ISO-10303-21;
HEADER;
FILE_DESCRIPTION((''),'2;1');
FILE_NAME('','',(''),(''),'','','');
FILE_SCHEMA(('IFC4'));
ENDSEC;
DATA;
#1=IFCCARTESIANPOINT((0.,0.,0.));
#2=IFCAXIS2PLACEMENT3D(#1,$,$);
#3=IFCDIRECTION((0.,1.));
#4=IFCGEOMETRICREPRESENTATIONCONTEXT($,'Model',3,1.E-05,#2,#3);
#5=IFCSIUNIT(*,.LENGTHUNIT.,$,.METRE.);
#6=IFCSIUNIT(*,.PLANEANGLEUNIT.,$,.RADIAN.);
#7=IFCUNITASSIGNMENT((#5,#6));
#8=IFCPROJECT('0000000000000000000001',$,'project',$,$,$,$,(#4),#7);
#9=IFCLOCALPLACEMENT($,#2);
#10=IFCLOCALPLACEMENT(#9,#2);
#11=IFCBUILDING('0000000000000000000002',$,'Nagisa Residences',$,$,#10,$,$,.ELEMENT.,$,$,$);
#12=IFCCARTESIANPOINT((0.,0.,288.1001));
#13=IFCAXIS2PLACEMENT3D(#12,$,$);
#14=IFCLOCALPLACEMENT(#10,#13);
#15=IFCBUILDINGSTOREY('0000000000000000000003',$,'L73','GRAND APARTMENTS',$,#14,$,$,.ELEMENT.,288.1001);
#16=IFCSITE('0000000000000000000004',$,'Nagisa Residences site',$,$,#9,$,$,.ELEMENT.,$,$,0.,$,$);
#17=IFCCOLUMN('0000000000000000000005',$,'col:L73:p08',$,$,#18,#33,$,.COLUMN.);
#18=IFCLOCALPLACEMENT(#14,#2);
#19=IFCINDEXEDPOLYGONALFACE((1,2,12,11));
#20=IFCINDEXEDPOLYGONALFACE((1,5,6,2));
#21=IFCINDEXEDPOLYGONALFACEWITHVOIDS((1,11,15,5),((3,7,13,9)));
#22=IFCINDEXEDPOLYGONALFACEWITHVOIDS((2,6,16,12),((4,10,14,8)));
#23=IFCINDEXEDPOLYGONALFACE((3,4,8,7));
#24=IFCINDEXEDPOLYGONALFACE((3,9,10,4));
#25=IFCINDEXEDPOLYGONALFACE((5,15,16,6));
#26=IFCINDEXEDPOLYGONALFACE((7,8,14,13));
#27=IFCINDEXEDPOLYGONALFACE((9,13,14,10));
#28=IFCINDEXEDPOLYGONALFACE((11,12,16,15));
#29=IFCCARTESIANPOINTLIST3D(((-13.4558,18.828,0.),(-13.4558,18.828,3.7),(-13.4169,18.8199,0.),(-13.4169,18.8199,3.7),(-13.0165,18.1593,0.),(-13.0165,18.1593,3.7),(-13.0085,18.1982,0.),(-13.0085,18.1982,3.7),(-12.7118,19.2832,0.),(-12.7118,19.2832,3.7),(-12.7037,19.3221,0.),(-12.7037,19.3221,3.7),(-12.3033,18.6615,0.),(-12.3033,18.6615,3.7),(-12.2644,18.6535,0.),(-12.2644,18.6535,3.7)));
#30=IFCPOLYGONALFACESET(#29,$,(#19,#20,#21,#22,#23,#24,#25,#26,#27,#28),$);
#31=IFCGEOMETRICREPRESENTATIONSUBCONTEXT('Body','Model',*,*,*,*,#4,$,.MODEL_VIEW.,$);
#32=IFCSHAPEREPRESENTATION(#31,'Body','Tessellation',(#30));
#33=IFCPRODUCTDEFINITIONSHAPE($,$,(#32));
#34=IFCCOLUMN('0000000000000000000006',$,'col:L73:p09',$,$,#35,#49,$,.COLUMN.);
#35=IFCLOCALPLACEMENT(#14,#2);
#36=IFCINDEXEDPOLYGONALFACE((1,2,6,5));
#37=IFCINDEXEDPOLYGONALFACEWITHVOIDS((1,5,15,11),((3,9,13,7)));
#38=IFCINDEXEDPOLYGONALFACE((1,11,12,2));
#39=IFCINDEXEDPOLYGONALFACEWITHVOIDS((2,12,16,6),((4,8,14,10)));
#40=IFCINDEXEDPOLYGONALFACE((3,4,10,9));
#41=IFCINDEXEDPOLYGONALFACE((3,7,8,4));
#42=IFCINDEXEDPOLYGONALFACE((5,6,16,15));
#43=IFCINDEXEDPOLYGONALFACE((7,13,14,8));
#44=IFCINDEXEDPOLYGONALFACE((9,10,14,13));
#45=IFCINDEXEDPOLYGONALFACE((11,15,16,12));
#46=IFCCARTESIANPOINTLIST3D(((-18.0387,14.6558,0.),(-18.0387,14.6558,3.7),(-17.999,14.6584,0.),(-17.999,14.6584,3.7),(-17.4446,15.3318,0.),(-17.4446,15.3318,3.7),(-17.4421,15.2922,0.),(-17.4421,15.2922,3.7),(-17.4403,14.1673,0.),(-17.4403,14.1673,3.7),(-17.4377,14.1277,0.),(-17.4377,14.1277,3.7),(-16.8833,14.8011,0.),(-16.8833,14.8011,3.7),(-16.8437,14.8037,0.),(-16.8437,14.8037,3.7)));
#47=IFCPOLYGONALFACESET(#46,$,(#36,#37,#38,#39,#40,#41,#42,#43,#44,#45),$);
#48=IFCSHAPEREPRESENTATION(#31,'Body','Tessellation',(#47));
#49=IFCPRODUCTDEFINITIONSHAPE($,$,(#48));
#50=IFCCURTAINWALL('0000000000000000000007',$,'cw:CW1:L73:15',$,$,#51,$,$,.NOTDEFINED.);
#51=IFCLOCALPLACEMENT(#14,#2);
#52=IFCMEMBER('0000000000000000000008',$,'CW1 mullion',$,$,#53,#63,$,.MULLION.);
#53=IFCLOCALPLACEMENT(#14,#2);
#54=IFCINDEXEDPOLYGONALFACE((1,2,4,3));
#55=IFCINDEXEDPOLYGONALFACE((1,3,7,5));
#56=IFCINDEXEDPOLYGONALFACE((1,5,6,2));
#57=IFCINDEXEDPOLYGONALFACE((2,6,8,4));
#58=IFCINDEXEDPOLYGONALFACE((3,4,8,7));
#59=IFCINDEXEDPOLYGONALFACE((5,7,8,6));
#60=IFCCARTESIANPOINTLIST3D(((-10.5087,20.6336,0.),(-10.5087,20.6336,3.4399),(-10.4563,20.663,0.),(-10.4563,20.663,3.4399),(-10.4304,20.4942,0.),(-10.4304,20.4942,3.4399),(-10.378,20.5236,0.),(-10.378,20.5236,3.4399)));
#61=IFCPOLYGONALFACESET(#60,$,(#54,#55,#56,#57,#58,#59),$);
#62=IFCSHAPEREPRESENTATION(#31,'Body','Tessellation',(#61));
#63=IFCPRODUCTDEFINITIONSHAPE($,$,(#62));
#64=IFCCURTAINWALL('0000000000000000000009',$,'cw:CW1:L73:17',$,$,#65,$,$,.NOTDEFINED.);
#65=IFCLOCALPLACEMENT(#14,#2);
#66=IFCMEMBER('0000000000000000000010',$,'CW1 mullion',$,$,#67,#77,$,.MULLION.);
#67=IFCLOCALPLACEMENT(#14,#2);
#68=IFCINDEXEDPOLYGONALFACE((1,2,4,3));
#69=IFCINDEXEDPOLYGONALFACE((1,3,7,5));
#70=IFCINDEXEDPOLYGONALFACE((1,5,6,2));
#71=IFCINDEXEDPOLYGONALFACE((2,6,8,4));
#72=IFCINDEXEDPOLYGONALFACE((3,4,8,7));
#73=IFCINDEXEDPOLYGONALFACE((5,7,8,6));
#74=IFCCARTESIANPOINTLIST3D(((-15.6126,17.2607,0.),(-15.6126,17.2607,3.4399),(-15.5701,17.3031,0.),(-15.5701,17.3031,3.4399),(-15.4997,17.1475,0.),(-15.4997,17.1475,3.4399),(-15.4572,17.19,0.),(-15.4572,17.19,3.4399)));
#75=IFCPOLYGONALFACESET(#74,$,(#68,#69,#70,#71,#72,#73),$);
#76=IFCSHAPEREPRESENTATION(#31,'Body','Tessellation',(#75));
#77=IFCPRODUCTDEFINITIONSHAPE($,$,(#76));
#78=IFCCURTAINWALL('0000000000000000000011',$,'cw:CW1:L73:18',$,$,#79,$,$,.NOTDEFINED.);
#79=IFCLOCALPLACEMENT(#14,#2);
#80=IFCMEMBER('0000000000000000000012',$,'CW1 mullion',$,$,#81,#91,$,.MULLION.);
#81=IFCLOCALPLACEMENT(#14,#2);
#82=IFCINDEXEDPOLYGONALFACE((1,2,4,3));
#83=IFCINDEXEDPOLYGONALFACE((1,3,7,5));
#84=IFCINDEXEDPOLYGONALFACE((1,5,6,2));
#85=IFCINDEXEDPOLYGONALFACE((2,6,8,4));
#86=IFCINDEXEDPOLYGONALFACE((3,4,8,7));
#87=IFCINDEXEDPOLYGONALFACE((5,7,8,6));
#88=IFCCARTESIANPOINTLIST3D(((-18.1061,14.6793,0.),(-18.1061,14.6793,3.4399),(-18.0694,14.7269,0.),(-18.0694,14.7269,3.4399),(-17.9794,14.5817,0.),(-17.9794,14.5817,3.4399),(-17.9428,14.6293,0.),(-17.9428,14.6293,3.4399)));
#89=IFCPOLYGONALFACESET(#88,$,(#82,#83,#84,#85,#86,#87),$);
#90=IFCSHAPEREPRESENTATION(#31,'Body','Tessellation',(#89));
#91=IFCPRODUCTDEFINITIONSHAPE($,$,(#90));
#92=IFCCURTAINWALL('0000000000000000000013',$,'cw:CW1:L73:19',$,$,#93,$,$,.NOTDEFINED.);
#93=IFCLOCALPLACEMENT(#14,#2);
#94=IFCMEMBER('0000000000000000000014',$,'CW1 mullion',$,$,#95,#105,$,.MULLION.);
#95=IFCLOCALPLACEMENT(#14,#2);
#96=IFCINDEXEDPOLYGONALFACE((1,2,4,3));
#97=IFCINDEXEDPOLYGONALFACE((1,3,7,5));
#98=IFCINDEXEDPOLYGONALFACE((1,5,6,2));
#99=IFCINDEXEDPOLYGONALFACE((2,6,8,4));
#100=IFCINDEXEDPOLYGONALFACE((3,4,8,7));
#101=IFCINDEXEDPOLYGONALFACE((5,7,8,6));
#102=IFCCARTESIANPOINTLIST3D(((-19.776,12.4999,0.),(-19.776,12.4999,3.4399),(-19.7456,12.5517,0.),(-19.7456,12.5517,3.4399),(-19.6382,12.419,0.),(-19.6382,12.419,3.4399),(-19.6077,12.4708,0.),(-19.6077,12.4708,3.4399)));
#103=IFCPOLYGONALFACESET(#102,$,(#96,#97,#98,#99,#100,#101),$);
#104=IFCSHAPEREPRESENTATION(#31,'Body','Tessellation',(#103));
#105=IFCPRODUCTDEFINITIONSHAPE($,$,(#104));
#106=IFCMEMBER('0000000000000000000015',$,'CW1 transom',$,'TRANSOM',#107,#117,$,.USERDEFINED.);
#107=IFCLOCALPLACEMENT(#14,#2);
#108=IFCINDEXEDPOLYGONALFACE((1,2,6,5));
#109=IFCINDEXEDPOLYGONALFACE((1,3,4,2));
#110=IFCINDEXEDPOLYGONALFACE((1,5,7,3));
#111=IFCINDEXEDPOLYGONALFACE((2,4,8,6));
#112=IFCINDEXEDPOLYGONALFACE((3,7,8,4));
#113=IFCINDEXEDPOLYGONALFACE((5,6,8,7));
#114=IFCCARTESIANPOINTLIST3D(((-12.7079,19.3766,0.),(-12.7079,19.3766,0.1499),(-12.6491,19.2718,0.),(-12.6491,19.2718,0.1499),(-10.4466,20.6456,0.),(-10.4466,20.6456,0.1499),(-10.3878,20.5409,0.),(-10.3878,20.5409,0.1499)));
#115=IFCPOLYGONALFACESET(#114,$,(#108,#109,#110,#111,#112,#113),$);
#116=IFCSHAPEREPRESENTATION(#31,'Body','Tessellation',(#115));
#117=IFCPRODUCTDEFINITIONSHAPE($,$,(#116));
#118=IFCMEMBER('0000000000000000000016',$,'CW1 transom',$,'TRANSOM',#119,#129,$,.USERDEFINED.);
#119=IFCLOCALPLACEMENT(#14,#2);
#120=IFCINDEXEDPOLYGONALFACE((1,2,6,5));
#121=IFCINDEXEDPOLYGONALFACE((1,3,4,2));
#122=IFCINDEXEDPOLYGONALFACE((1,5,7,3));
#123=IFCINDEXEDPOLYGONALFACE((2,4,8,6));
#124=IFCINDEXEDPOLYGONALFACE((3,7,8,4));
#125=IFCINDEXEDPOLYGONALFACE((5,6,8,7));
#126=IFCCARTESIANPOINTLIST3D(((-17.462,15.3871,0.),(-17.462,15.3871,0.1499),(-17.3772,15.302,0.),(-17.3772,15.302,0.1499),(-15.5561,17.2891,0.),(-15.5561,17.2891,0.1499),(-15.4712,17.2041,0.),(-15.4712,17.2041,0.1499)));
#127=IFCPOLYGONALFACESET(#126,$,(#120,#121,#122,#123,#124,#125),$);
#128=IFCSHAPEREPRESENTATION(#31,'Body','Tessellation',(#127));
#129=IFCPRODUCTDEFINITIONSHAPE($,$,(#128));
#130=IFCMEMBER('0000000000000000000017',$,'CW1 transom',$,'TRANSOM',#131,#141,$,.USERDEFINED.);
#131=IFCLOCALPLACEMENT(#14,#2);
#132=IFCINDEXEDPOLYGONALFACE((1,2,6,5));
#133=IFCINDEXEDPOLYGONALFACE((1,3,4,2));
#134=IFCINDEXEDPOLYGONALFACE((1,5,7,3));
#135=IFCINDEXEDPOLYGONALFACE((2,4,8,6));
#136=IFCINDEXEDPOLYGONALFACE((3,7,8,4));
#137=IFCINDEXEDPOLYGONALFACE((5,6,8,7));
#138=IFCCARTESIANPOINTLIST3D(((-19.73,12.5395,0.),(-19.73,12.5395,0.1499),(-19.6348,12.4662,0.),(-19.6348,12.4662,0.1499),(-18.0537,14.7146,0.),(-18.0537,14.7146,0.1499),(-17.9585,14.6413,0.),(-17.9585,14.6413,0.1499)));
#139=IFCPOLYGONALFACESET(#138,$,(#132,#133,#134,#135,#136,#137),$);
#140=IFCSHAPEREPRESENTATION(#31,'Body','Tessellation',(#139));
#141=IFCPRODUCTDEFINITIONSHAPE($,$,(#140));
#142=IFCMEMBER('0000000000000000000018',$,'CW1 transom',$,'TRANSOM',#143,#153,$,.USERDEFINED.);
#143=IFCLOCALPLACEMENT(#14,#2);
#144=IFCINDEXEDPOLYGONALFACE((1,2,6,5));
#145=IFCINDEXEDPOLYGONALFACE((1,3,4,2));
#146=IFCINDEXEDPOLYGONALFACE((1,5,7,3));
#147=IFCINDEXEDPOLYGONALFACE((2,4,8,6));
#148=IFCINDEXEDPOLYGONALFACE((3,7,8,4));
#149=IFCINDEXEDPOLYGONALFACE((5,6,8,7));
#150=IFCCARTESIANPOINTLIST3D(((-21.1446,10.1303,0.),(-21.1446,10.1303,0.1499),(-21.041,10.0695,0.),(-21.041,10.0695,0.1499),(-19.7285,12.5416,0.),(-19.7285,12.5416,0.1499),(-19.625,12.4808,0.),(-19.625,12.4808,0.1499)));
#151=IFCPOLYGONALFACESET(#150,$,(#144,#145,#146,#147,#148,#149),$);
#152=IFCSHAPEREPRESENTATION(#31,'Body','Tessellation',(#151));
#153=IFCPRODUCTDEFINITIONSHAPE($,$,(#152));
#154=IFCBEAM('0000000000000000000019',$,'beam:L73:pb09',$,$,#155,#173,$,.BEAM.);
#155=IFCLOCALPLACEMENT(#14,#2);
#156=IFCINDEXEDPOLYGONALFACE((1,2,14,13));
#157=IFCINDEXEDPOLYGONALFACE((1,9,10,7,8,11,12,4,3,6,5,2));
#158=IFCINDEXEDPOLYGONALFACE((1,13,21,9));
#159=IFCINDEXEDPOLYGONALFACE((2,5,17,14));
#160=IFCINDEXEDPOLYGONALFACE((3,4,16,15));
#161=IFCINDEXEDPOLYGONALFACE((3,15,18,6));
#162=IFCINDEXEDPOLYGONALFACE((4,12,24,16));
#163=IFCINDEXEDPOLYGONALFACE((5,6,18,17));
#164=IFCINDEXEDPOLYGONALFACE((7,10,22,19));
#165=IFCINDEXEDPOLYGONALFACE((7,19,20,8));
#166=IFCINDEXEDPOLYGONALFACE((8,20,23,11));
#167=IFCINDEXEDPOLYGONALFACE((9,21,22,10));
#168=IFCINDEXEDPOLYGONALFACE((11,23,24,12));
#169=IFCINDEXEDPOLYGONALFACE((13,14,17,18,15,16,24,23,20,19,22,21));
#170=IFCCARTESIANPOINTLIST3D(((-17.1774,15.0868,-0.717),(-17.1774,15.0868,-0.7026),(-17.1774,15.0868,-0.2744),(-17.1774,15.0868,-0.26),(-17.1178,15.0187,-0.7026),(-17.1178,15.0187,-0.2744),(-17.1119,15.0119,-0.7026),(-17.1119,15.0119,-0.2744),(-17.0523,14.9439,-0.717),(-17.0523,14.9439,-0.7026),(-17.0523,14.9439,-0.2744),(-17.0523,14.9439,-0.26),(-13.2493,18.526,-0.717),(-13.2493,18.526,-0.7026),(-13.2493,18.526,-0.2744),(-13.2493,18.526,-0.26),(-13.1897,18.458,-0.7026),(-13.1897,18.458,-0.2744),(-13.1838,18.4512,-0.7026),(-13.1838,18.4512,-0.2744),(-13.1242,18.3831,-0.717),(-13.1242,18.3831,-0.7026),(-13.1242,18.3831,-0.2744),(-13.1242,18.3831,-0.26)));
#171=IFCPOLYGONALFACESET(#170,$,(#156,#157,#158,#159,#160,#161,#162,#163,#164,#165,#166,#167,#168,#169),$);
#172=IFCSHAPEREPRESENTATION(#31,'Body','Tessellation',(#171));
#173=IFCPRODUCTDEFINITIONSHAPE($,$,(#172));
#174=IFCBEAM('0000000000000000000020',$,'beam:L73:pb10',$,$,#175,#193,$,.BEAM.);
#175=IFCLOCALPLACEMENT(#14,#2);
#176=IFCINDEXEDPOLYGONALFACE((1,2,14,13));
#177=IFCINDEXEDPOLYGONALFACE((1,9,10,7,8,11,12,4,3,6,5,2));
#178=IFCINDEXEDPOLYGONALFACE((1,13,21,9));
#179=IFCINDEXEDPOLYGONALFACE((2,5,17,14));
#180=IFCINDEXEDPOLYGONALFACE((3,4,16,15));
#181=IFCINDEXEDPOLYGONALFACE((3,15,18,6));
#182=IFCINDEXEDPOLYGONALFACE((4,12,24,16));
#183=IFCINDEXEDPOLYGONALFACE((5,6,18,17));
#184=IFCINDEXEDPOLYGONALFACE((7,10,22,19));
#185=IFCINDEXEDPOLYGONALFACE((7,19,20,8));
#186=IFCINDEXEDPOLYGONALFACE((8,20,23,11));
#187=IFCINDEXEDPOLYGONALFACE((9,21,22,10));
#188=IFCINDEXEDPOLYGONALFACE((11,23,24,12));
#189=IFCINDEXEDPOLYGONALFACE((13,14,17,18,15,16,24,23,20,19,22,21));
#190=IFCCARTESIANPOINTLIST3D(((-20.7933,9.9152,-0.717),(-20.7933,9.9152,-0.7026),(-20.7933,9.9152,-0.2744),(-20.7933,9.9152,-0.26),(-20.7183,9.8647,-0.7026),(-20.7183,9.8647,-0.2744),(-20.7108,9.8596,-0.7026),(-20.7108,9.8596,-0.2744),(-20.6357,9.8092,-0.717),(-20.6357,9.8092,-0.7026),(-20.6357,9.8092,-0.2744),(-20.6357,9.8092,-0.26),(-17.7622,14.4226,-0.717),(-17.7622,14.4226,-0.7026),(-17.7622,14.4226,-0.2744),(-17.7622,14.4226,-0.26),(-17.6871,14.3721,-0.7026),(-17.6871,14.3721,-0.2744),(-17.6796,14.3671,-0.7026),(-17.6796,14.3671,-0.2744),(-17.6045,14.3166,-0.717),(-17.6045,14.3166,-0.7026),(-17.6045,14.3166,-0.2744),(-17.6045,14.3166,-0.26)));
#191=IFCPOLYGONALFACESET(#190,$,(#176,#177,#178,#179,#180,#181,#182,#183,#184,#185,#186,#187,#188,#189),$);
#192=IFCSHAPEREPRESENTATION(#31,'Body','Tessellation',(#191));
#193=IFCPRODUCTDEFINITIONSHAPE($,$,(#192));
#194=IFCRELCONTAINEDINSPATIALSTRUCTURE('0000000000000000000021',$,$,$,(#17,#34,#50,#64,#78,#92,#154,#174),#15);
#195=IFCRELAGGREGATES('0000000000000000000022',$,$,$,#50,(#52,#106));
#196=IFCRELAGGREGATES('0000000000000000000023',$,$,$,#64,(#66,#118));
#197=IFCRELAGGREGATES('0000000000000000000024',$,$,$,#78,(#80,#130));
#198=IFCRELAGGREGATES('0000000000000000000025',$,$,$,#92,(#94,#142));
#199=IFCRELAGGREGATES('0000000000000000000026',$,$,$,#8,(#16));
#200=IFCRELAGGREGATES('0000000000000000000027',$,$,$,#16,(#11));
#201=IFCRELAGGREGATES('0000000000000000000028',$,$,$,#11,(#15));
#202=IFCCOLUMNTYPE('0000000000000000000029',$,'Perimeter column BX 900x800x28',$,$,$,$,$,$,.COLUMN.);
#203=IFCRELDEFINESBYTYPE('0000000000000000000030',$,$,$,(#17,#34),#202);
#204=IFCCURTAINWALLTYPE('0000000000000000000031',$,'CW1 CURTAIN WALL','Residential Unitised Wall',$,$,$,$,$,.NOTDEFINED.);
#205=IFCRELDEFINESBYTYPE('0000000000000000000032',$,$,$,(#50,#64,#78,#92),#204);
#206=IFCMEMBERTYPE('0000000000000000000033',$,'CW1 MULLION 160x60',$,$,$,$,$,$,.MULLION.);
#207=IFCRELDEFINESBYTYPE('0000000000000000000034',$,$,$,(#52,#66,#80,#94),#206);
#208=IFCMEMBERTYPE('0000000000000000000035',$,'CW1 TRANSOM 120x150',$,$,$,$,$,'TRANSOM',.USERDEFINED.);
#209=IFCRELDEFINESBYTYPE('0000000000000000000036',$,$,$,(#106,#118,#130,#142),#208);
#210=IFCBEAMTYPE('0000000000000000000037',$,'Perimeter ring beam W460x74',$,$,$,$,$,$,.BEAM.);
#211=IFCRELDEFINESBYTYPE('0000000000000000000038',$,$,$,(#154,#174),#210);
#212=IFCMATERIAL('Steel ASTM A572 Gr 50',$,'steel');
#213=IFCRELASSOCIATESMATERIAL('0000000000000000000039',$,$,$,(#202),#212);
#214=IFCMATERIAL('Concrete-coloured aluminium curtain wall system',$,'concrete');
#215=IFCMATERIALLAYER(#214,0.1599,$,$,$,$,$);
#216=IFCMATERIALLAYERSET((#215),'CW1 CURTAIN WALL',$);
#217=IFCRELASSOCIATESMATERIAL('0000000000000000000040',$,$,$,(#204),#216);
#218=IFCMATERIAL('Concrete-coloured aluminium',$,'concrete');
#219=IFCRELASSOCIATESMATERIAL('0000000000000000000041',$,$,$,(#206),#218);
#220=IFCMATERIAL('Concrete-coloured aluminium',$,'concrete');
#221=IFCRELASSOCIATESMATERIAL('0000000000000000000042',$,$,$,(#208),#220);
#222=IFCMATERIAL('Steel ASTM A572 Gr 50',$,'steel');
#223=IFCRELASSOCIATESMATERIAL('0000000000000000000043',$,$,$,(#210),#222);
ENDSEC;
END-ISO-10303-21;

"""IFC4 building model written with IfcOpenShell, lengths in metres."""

from ifc_helpers import new_model, si_unit, direction, frame, origin, origin_2d, place, context, subcontext, project, spatial, rectangle, hollow_rectangle, i_section, extrude, material, layer, layer_set, material_profile, profile_set, type_object, element, aggregate, save


model = new_model("IFC4")

# Units and contexts
model_context = context("Model", 3, precision=1e-05, world=origin(), true_north=direction((0.0, 1.0)))
body_context = subcontext(model_context, "Body", "Model", "MODEL_VIEW")
ifc_project = project(units=[si_unit("LENGTHUNIT", "METRE"), si_unit("PLANEANGLEUNIT", "RADIAN")], contexts=[model_context])

# Site, building, storey
site_placement = place(None, origin())
site = spatial("IfcSite", under=ifc_project, at=site_placement, Name="Nagisa Residences site", CompositionType="ELEMENT", RefElevation=0.0)
building_placement = place(site_placement, origin())
building = spatial("IfcBuilding", under=site, at=building_placement, Name="Nagisa Residences", CompositionType="ELEMENT")
storey_placement = place(building_placement, frame((0.0, 0.0, 288.1001)))
storey = spatial("IfcBuildingStorey", under=building, at=storey_placement, Name="L73", Description="GRAND APARTMENTS", CompositionType="ELEMENT", Elevation=288.1001)

# Columns
ifc_material_1 = material(Name="Steel ASTM A572 Gr 50", Category="steel")
ifc_material_profile_1 = material_profile(ifc_material_1, hollow_rectangle(XDim=0.8999, YDim=0.8, WallThickness=0.0281, at=origin_2d()), Name="BX 900x800x28")
ifc_profile_set_1 = profile_set([ifc_material_profile_1], Name="Steel ASTM A572 Gr 50")
column_type = type_object("IfcColumnType", Name="Perimeter column BX 900x800x28", PredefinedType="COLUMN", material=ifc_profile_set_1)
for number, where, z_axis, x_axis, name in (
    (1, (-12.8601, 18.7407, 0.0), (0.0, 0.0, 1.0), (-0.835766, -0.549086, 0.0), "col:L73:p08"),
    (2, (-17.4412, 14.7297, 0.0), (0.0, 0.0, 1.0), (-0.660115, -0.751165, 0.0), "col:L73:p09"),
):
    element("IfcColumn", number, at=place(storey_placement, frame(where, z_axis=z_axis, x_axis=x_axis)), inside=storey, type_object=column_type, Name=name, PredefinedType="COLUMN", context=body_context, shape_type="SweptSolid", body=[
        extrude(hollow_rectangle(XDim=0.8999, YDim=0.8, WallThickness=0.0281, at=origin_2d()), origin(), (0.0, 0.0, 1.0), 3.7),
    ])

# Curtain walls, members
ifc_material_2 = material(Name="Concrete-coloured aluminium curtain wall system", Category="concrete")
ifc_layer_1 = layer(ifc_material_2, 0.1599)
ifc_layer_set_1 = layer_set([ifc_layer_1], Name="CW1 CURTAIN WALL")
curtain_wall_type = type_object("IfcCurtainWallType", Name="CW1 CURTAIN WALL", Description="Residential Unitised Wall", PredefinedType="NOTDEFINED", material=ifc_layer_set_1)
curtain_wall_1_placement = place(storey_placement, origin())
curtain_wall_1 = element("IfcCurtainWall", 3, at=curtain_wall_1_placement, inside=storey, type_object=curtain_wall_type, Name="cw:CW1:L73:15", PredefinedType="NOTDEFINED")
ifc_material_3 = material(Name="Concrete-coloured aluminium", Category="concrete")
ifc_material_profile_2 = material_profile(ifc_material_3, rectangle(XDim=0.1599, YDim=0.0601, at=origin_2d()), Name="CW1 MULLION 160x60")
ifc_profile_set_2 = profile_set([ifc_material_profile_2], Name="Concrete-coloured aluminium")
member_type_1 = type_object("IfcMemberType", Name="CW1 MULLION 160x60", PredefinedType="MULLION", material=ifc_profile_set_2)
member_1_placement = place(storey_placement, frame((-10.4434, 20.5786, 0.0), z_axis=(0.0, 0.0, 1.0), x_axis=(0.489377, -0.872072, 0.0)))
member_1 = element("IfcMember", 4, at=member_1_placement, type_object=member_type_1, Name="CW1 mullion", PredefinedType="MULLION", context=body_context, shape_type="SweptSolid", body=[
    extrude(rectangle(XDim=0.1599, YDim=0.0601, at=origin_2d()), origin(), (0.0, 0.0, 1.0), 3.4399),
])
curtain_wall_2_placement = place(storey_placement, origin())
curtain_wall_2 = element("IfcCurtainWall", 5, at=curtain_wall_2_placement, inside=storey, type_object=curtain_wall_type, Name="cw:CW1:L73:17", PredefinedType="NOTDEFINED")
member_2_placement = place(storey_placement, frame((-15.5349, 17.2253, 0.0), z_axis=(0.0, 0.0, 1.0), x_axis=(0.706377, -0.707836, 0.0)))
member_2 = element("IfcMember", 6, at=member_2_placement, type_object=member_type_1, Name="CW1 mullion", PredefinedType="MULLION", context=body_context, shape_type="SweptSolid", body=[
    extrude(rectangle(XDim=0.1599, YDim=0.0601, at=origin_2d()), origin(), (0.0, 0.0, 1.0), 3.4399),
])
curtain_wall_3_placement = place(storey_placement, origin())
curtain_wall_3 = element("IfcCurtainWall", 7, at=curtain_wall_3_placement, inside=storey, type_object=curtain_wall_type, Name="cw:CW1:L73:18", PredefinedType="NOTDEFINED")
member_3_placement = place(storey_placement, frame((-18.0244, 14.6543, 0.0), z_axis=(0.0, 0.0, 1.0), x_axis=(0.79207, -0.61043, 0.0)))
member_3 = element("IfcMember", 8, at=member_3_placement, type_object=member_type_1, Name="CW1 mullion", PredefinedType="MULLION", context=body_context, shape_type="SweptSolid", body=[
    extrude(rectangle(XDim=0.1599, YDim=0.0601, at=origin_2d()), origin(), (0.0, 0.0, 1.0), 3.4399),
])
curtain_wall_4_placement = place(storey_placement, origin())
curtain_wall_4 = element("IfcCurtainWall", 9, at=curtain_wall_4_placement, inside=storey, type_object=curtain_wall_type, Name="cw:CW1:L73:19", PredefinedType="NOTDEFINED")
member_4_placement = place(storey_placement, frame((-19.6919, 12.4854, 0.0), z_axis=(0.0, 0.0, 1.0), x_axis=(0.862329, -0.506349, 0.0)))
member_4 = element("IfcMember", 10, at=member_4_placement, type_object=member_type_1, Name="CW1 mullion", PredefinedType="MULLION", context=body_context, shape_type="SweptSolid", body=[
    extrude(rectangle(XDim=0.1599, YDim=0.0601, at=origin_2d()), origin(), (0.0, 0.0, 1.0), 3.4399),
])

# Members
ifc_material_4 = material(Name="Concrete-coloured aluminium", Category="concrete")
ifc_material_profile_3 = material_profile(ifc_material_4, rectangle(XDim=0.1201, YDim=0.1499, at=origin_2d()), Name="CW1 TRANSOM 120x150")
ifc_profile_set_3 = profile_set([ifc_material_profile_3], Name="Concrete-coloured aluminium")
member_type_2 = type_object("IfcMemberType", Name="CW1 TRANSOM 120x150", ElementType="TRANSOM", PredefinedType="USERDEFINED", material=ifc_profile_set_3)
member_5_placement = place(storey_placement, frame((-10.4172, 20.5933, 0.075), z_axis=(-0.872053, -0.489412, 0.0), x_axis=(0.489412, -0.872053, 0.0)))
member_5 = element("IfcMember", 11, at=member_5_placement, type_object=member_type_2, Name="CW1 transom", ObjectType="TRANSOM", PredefinedType="USERDEFINED", context=body_context, shape_type="SweptSolid", body=[
    extrude(rectangle(XDim=0.1201, YDim=0.1499, at=origin_2d()), origin(), (0.0, 0.0, 1.0), 2.593),
])
member_6_placement = place(storey_placement, frame((-15.5137, 17.2466, 0.075), z_axis=(-0.707832, -0.706381, 0.0), x_axis=(0.706381, -0.707832, 0.0)))
member_6 = element("IfcMember", 12, at=member_6_placement, type_object=member_type_2, Name="CW1 transom", ObjectType="TRANSOM", PredefinedType="USERDEFINED", context=body_context, shape_type="SweptSolid", body=[
    extrude(rectangle(XDim=0.1201, YDim=0.1499, at=origin_2d()), origin(), (0.0, 0.0, 1.0), 2.6926),
])
member_7_placement = place(storey_placement, frame((-18.0061, 14.678, 0.075), z_axis=(-0.610432, -0.792068, 0.0), x_axis=(0.792068, -0.610432, 0.0)))
member_7 = element("IfcMember", 13, at=member_7_placement, type_object=member_type_2, Name="CW1 transom", ObjectType="TRANSOM", PredefinedType="USERDEFINED", context=body_context, shape_type="SweptSolid", body=[
    extrude(rectangle(XDim=0.1201, YDim=0.1499, at=origin_2d()), origin(), (0.0, 0.0, 1.0), 2.7461),
])
member_8_placement = place(storey_placement, frame((-19.6768, 12.5112, 0.075), z_axis=(-0.506371, -0.862316, 0.0), x_axis=(0.862316, -0.506371, 0.0)))
member_8 = element("IfcMember", 14, at=member_8_placement, type_object=member_type_2, Name="CW1 transom", ObjectType="TRANSOM", PredefinedType="USERDEFINED", context=body_context, shape_type="SweptSolid", body=[
    extrude(rectangle(XDim=0.1201, YDim=0.1499, at=origin_2d()), origin(), (0.0, 0.0, 1.0), 2.7964),
])

# Beams
ifc_material_5 = material(Name="Steel ASTM A572 Gr 50", Category="steel")
ifc_material_profile_4 = material_profile(ifc_material_5, i_section(OverallWidth=0.1899, OverallDepth=0.457, WebThickness=0.009, FlangeThickness=0.0144, at=origin_2d()), Name="W460x74")
ifc_profile_set_4 = profile_set([ifc_material_profile_4], Name="Steel ASTM A572 Gr 50")
beam_type_1 = type_object("IfcBeamType", Name="Perimeter ring beam W460x74", PredefinedType="BEAM", material=ifc_profile_set_4)
beam_1_placement = place(storey_placement, frame((-13.1868, 18.4546, -0.4885), z_axis=(-0.752365, -0.658746, 0.0), x_axis=(0.658746, -0.752365, 0.0)))
element("IfcBeam", 15, at=beam_1_placement, inside=storey, type_object=beam_type_1, Name="beam:L73:pb09", PredefinedType="BEAM", context=body_context, shape_type="SweptSolid", body=[
    extrude(i_section(OverallWidth=0.1899, OverallDepth=0.457, WebThickness=0.009, FlangeThickness=0.0144, at=origin_2d()), origin(), (0.0, 0.0, 1.0), 5.2209),
])
beam_2_placement = place(storey_placement, frame((-17.6833, 14.3696, -0.4885), z_axis=(-0.558035, -0.829817, 0.0), x_axis=(0.829817, -0.558035, 0.0)))
element("IfcBeam", 16, at=beam_2_placement, inside=storey, type_object=beam_type_1, Name="beam:L73:pb10", PredefinedType="BEAM", context=body_context, shape_type="SweptSolid", body=[
    extrude(i_section(OverallWidth=0.1899, OverallDepth=0.457, WebThickness=0.009, FlangeThickness=0.0144, at=origin_2d()), origin(), (0.0, 0.0, 1.0), 5.4319),
])

aggregate(curtain_wall_1, [member_1, member_5])
aggregate(curtain_wall_2, [member_2, member_6])
aggregate(curtain_wall_3, [member_3, member_7])
aggregate(curtain_wall_4, [member_4, member_8])

save(model, "model.ifc")
